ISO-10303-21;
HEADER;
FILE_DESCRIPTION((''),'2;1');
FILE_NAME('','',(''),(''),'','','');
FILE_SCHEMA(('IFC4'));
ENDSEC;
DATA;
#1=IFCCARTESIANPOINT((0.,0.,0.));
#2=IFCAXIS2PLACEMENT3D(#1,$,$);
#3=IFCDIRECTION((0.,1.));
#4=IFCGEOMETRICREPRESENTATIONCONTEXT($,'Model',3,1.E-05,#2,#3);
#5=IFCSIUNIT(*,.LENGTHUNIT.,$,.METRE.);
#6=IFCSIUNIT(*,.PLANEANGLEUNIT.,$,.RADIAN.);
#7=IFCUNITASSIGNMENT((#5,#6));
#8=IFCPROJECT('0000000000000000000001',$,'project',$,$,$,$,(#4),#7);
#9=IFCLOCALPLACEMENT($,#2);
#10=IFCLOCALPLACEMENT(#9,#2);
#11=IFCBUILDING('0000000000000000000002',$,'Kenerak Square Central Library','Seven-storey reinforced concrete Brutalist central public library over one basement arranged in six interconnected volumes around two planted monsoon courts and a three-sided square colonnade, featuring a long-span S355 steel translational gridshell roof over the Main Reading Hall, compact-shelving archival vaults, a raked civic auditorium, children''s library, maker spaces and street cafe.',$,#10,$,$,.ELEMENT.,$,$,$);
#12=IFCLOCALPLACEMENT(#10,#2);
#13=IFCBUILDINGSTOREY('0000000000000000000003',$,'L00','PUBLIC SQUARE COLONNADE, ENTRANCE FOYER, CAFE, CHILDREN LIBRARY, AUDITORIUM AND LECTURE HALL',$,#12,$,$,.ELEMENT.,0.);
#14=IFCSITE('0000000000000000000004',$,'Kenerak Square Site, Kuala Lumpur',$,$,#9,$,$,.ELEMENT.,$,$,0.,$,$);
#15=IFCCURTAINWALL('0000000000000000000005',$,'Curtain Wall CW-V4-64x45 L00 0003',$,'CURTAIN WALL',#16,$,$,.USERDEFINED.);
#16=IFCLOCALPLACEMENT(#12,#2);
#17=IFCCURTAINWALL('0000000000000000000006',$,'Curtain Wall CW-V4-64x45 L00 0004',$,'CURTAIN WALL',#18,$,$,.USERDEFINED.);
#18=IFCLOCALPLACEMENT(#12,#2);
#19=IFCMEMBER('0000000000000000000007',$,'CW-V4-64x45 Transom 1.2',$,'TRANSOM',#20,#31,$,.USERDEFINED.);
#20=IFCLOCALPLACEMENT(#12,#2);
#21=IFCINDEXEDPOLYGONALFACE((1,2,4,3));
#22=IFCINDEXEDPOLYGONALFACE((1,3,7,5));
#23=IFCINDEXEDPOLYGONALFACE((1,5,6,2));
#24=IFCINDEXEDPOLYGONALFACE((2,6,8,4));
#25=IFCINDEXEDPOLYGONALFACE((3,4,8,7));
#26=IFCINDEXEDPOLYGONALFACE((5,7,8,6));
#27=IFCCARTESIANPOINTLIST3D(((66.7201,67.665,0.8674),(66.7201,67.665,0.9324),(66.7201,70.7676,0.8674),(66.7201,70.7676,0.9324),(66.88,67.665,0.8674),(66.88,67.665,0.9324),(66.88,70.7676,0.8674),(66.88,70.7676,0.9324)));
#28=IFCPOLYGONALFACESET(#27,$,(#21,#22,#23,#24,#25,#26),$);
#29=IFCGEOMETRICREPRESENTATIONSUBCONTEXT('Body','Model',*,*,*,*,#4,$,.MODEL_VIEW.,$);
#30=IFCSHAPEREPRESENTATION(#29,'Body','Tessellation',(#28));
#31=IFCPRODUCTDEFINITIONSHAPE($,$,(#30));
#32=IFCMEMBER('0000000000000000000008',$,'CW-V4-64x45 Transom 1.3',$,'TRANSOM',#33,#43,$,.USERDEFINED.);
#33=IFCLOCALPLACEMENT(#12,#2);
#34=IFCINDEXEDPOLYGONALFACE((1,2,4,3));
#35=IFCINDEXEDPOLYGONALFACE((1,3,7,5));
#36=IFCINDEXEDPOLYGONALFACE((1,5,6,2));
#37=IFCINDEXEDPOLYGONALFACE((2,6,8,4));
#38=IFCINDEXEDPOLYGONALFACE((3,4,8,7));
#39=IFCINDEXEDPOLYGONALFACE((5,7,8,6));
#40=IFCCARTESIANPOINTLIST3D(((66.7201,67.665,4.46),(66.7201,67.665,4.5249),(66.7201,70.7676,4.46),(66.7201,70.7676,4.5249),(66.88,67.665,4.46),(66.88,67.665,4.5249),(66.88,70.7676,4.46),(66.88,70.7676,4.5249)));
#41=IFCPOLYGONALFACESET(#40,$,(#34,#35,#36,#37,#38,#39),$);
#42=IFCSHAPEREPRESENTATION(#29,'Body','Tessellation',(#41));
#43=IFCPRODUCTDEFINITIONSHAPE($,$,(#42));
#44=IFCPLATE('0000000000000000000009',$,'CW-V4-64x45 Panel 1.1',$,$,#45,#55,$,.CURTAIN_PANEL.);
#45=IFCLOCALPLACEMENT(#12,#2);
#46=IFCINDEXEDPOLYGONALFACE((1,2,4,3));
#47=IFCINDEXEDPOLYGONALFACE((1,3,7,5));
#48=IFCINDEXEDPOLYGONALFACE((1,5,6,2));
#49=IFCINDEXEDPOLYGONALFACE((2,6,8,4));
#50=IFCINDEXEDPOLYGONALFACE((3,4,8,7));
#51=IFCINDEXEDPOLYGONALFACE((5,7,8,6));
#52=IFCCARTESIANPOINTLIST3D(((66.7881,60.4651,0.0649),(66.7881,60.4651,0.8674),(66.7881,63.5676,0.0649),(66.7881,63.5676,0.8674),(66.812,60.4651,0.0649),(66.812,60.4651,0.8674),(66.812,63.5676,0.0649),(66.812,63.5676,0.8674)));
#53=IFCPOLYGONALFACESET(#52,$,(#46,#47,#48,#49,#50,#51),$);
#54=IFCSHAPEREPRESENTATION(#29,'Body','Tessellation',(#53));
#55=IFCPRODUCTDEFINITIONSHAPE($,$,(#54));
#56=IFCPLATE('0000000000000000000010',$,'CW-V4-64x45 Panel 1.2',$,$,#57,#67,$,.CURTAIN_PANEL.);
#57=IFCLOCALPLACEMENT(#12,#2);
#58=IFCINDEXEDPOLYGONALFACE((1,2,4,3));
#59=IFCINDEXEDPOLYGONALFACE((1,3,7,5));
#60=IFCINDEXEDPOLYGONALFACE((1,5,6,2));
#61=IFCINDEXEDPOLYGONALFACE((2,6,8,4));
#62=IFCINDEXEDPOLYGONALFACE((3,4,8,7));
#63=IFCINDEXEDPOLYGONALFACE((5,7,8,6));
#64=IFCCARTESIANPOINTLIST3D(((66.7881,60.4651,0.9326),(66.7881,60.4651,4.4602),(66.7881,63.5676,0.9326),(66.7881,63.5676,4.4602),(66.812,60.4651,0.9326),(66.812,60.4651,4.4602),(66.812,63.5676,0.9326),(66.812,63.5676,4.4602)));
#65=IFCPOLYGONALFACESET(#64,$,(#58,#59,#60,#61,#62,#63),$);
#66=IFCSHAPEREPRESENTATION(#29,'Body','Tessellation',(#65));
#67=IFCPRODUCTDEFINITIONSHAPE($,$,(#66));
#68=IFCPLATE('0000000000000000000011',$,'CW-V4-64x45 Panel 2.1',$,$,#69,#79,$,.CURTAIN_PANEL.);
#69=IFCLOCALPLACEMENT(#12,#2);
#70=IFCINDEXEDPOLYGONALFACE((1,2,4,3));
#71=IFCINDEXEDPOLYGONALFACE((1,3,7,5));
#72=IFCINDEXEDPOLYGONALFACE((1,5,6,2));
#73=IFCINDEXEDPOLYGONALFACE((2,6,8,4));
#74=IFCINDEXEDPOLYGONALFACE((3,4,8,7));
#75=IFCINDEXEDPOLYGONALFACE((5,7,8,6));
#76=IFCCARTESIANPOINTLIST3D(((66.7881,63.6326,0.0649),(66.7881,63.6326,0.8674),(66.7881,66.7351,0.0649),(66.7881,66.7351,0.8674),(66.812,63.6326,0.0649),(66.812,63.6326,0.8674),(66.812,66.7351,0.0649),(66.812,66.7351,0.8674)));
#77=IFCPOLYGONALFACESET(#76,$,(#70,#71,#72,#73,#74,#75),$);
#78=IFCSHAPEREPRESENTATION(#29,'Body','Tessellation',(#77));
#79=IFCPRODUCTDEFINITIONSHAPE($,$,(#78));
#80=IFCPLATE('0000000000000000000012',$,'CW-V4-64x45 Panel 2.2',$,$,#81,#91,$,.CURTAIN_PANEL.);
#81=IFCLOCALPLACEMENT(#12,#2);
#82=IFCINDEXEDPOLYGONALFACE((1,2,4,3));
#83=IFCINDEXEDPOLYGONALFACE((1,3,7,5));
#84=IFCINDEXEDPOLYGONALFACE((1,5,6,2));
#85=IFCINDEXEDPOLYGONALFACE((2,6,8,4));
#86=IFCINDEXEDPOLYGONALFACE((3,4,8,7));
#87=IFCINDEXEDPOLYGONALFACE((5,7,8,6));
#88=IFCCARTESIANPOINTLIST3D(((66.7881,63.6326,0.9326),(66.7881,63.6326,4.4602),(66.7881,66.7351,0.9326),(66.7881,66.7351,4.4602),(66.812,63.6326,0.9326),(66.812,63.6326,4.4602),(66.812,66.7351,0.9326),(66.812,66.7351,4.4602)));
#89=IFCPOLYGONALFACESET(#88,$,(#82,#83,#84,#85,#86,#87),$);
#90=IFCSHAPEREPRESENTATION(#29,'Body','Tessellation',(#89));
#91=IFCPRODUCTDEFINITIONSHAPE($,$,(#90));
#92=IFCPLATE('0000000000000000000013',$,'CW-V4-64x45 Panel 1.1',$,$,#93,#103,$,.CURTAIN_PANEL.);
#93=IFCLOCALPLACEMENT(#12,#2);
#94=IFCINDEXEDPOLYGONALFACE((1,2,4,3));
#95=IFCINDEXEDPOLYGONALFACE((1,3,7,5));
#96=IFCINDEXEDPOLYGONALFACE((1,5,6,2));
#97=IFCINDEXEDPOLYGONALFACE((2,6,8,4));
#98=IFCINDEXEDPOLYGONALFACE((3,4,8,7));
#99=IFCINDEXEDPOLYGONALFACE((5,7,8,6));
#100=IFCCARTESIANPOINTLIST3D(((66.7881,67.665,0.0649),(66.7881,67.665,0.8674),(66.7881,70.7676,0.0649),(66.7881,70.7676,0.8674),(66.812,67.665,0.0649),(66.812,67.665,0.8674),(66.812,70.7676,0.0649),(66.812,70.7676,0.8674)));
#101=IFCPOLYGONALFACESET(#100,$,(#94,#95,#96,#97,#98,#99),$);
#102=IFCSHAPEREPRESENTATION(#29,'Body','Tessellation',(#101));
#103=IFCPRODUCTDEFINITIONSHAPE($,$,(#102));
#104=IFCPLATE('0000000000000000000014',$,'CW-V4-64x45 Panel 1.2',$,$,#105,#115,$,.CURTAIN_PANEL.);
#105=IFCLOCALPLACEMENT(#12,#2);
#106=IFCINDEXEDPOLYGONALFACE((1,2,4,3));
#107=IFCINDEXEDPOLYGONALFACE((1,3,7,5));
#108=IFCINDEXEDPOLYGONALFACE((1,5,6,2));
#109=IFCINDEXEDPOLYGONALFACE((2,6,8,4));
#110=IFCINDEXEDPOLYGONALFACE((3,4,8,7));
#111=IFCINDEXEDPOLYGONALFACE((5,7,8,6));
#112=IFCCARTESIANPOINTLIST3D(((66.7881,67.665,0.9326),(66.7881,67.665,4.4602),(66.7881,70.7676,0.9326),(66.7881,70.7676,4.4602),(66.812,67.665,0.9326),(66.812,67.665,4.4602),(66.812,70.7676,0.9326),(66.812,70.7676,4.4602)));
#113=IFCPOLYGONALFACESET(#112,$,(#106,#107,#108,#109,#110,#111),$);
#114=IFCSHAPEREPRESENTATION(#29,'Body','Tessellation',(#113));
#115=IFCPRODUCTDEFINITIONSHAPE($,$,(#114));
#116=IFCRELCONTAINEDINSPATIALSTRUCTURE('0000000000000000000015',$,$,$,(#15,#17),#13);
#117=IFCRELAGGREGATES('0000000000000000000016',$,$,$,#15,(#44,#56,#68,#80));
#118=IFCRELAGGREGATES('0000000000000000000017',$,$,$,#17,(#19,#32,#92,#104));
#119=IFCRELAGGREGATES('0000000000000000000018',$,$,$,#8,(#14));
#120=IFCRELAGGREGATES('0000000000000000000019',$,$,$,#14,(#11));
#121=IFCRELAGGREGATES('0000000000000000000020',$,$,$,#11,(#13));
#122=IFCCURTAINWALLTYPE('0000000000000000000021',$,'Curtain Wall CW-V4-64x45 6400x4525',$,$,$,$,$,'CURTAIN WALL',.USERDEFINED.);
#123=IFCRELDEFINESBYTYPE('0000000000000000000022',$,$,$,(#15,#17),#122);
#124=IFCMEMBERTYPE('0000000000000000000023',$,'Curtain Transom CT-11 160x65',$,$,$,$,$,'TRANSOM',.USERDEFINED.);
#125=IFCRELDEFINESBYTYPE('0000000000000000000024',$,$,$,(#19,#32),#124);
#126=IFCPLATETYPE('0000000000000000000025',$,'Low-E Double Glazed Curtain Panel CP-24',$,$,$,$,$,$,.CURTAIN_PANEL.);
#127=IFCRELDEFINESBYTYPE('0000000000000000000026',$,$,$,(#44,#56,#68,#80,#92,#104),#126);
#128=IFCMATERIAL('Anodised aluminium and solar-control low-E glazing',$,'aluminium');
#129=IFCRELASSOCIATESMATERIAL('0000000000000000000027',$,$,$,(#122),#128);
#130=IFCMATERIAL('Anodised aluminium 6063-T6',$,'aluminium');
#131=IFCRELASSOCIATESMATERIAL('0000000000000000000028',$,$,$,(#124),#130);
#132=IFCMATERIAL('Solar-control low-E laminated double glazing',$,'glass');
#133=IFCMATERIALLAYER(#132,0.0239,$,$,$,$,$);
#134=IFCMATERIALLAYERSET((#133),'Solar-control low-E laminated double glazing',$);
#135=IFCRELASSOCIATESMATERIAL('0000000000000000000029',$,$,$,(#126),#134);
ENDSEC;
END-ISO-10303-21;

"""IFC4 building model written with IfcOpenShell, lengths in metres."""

from ifc_helpers import new_model, si_unit, direction, frame, origin, origin_2d, place, context, subcontext, project, spatial, rectangle, extrude, material, layer, layer_set, material_profile, profile_set, type_object, element, aggregate, save


model = new_model("IFC4")

# Units and contexts
model_context = context("Model", 3, precision=1e-05, world=origin(), true_north=direction((0.0, 1.0)))
body_context = subcontext(model_context, "Body", "Model", "MODEL_VIEW")
ifc_project = project(units=[si_unit("LENGTHUNIT", "METRE"), si_unit("PLANEANGLEUNIT", "RADIAN")], contexts=[model_context])

# Site, building, storey
site_placement = place(None, origin())
site = spatial("IfcSite", under=ifc_project, at=site_placement, Name="Kenerak Square Site, Kuala Lumpur", CompositionType="ELEMENT", RefElevation=0.0)
building_placement = place(site_placement, origin())
building = spatial("IfcBuilding", under=site, at=building_placement, Name="Kenerak Square Central Library", Description="Seven-storey reinforced concrete Brutalist central public library over one basement arranged in six interconnected volumes around two planted monsoon courts and a three-sided square colonnade, featuring a long-span S355 steel translational gridshell roof over the Main Reading Hall, compact-shelving archival vaults, a raked civic auditorium, children's library, maker spaces and street cafe.", CompositionType="ELEMENT")
storey_placement = place(building_placement, origin())
storey = spatial("IfcBuildingStorey", under=building, at=storey_placement, Name="L00", Description="PUBLIC SQUARE COLONNADE, ENTRANCE FOYER, CAFE, CHILDREN LIBRARY, AUDITORIUM AND LECTURE HALL", CompositionType="ELEMENT", Elevation=0.0)

# Curtain wall
ifc_material_1 = material(Name="Anodised aluminium and solar-control low-E glazing", Category="aluminium")
curtain_wall_type = type_object("IfcCurtainWallType", Name="Curtain Wall CW-V4-64x45 6400x4525", ElementType="CURTAIN WALL", PredefinedType="USERDEFINED", material=ifc_material_1)
curtain_wall_1_placement = place(storey_placement, origin())
curtain_wall_1 = element("IfcCurtainWall", 1, at=curtain_wall_1_placement, inside=storey, type_object=curtain_wall_type, Name="Curtain Wall CW-V4-64x45 L00 0003", ObjectType="CURTAIN WALL", PredefinedType="USERDEFINED")
ifc_material_2 = material(Name="Anodised aluminium 6063-T6", Category="aluminium")

# Curtain wall
curtain_wall_2_placement = place(storey_placement, origin())
curtain_wall_2 = element("IfcCurtainWall", 2, at=curtain_wall_2_placement, inside=storey, type_object=curtain_wall_type, Name="Curtain Wall CW-V4-64x45 L00 0004", ObjectType="CURTAIN WALL", PredefinedType="USERDEFINED")

# Members
ifc_material_profile_1 = material_profile(ifc_material_2, rectangle(XDim=0.1599, YDim=0.0649, at=origin_2d()), Name="AL TRANSOM 160x65")
ifc_profile_set_1 = profile_set([ifc_material_profile_1], Name="Anodised aluminium 6063-T6")
member_type_1 = type_object("IfcMemberType", Name="Curtain Transom CT-11 160x65", ElementType="TRANSOM", PredefinedType="USERDEFINED", material=ifc_profile_set_1)
member_1_placement = place(storey_placement, frame((66.8, 67.665, 0.8999), z_axis=(0.0, 1.0, 0.0), x_axis=(-1.0, 0.0, 0.0)))
member_1 = element("IfcMember", 3, at=member_1_placement, type_object=member_type_1, Name="CW-V4-64x45 Transom 1.2", ObjectType="TRANSOM", PredefinedType="USERDEFINED", context=body_context, shape_type="SweptSolid", body=[
    extrude(rectangle(XDim=0.1599, YDim=0.0649, at=origin_2d()), origin(), (0.0, 0.0, 1.0), 3.1025),
])
member_2_placement = place(storey_placement, frame((66.8, 67.665, 4.4924), z_axis=(0.0, 1.0, 0.0), x_axis=(-1.0, 0.0, 0.0)))
member_2 = element("IfcMember", 4, at=member_2_placement, type_object=member_type_1, Name="CW-V4-64x45 Transom 1.3", ObjectType="TRANSOM", PredefinedType="USERDEFINED", context=body_context, shape_type="SweptSolid", body=[
    extrude(rectangle(XDim=0.1599, YDim=0.0649, at=origin_2d()), origin(), (0.0, 0.0, 1.0), 3.1025),
])

# Plates
ifc_material_3 = material(Name="Solar-control low-E laminated double glazing", Category="glass")
ifc_layer = layer(ifc_material_3, 0.0239)
ifc_layer_set = layer_set([ifc_layer], Name="Solar-control low-E laminated double glazing")
plate_type = type_object("IfcPlateType", Name="Low-E Double Glazed Curtain Panel CP-24", PredefinedType="CURTAIN_PANEL", material=ifc_layer_set)
plate_1_placement = place(storey_placement, frame((66.8, 62.0164, 0.0649), z_axis=(0.0, 0.0, 1.0), x_axis=(0.0, 1.0, 0.0)))
plate_1 = element("IfcPlate", 5, at=plate_1_placement, type_object=plate_type, Name="CW-V4-64x45 Panel 1.1", PredefinedType="CURTAIN_PANEL", context=body_context, shape_type="SweptSolid", body=[
    extrude(rectangle(XDim=3.1025, YDim=0.0239, at=origin_2d()), origin(), (0.0, 0.0, 1.0), 0.8025),
])
plate_2_placement = place(storey_placement, frame((66.8, 62.0164, 0.9326), z_axis=(0.0, 0.0, 1.0), x_axis=(0.0, 1.0, 0.0)))
plate_2 = element("IfcPlate", 6, at=plate_2_placement, type_object=plate_type, Name="CW-V4-64x45 Panel 1.2", PredefinedType="CURTAIN_PANEL", context=body_context, shape_type="SweptSolid", body=[
    extrude(rectangle(XDim=3.1025, YDim=0.0239, at=origin_2d()), origin(), (0.0, 0.0, 1.0), 3.5276),
])
plate_3_placement = place(storey_placement, frame((66.8, 65.1838, 0.0649), z_axis=(0.0, 0.0, 1.0), x_axis=(0.0, 1.0, 0.0)))
plate_3 = element("IfcPlate", 7, at=plate_3_placement, type_object=plate_type, Name="CW-V4-64x45 Panel 2.1", PredefinedType="CURTAIN_PANEL", context=body_context, shape_type="SweptSolid", body=[
    extrude(rectangle(XDim=3.1025, YDim=0.0239, at=origin_2d()), origin(), (0.0, 0.0, 1.0), 0.8025),
])
plate_4_placement = place(storey_placement, frame((66.8, 65.1838, 0.9326), z_axis=(0.0, 0.0, 1.0), x_axis=(0.0, 1.0, 0.0)))
plate_4 = element("IfcPlate", 8, at=plate_4_placement, type_object=plate_type, Name="CW-V4-64x45 Panel 2.2", PredefinedType="CURTAIN_PANEL", context=body_context, shape_type="SweptSolid", body=[
    extrude(rectangle(XDim=3.1025, YDim=0.0239, at=origin_2d()), origin(), (0.0, 0.0, 1.0), 3.5276),
])
aggregate(curtain_wall_1, [plate_1, plate_2, plate_3, plate_4])
plate_5_placement = place(storey_placement, frame((66.8, 69.2163, 0.0649), z_axis=(0.0, 0.0, 1.0), x_axis=(0.0, 1.0, 0.0)))
plate_5 = element("IfcPlate", 9, at=plate_5_placement, type_object=plate_type, Name="CW-V4-64x45 Panel 1.1", PredefinedType="CURTAIN_PANEL", context=body_context, shape_type="SweptSolid", body=[
    extrude(rectangle(XDim=3.1025, YDim=0.0239, at=origin_2d()), origin(), (0.0, 0.0, 1.0), 0.8025),
])
plate_6_placement = place(storey_placement, frame((66.8, 69.2163, 0.9326), z_axis=(0.0, 0.0, 1.0), x_axis=(0.0, 1.0, 0.0)))
plate_6 = element("IfcPlate", 10, at=plate_6_placement, type_object=plate_type, Name="CW-V4-64x45 Panel 1.2", PredefinedType="CURTAIN_PANEL", context=body_context, shape_type="SweptSolid", body=[
    extrude(rectangle(XDim=3.1025, YDim=0.0239, at=origin_2d()), origin(), (0.0, 0.0, 1.0), 3.5276),
])
aggregate(curtain_wall_2, [member_1, member_2, plate_5, plate_6])

save(model, "model.ifc")
